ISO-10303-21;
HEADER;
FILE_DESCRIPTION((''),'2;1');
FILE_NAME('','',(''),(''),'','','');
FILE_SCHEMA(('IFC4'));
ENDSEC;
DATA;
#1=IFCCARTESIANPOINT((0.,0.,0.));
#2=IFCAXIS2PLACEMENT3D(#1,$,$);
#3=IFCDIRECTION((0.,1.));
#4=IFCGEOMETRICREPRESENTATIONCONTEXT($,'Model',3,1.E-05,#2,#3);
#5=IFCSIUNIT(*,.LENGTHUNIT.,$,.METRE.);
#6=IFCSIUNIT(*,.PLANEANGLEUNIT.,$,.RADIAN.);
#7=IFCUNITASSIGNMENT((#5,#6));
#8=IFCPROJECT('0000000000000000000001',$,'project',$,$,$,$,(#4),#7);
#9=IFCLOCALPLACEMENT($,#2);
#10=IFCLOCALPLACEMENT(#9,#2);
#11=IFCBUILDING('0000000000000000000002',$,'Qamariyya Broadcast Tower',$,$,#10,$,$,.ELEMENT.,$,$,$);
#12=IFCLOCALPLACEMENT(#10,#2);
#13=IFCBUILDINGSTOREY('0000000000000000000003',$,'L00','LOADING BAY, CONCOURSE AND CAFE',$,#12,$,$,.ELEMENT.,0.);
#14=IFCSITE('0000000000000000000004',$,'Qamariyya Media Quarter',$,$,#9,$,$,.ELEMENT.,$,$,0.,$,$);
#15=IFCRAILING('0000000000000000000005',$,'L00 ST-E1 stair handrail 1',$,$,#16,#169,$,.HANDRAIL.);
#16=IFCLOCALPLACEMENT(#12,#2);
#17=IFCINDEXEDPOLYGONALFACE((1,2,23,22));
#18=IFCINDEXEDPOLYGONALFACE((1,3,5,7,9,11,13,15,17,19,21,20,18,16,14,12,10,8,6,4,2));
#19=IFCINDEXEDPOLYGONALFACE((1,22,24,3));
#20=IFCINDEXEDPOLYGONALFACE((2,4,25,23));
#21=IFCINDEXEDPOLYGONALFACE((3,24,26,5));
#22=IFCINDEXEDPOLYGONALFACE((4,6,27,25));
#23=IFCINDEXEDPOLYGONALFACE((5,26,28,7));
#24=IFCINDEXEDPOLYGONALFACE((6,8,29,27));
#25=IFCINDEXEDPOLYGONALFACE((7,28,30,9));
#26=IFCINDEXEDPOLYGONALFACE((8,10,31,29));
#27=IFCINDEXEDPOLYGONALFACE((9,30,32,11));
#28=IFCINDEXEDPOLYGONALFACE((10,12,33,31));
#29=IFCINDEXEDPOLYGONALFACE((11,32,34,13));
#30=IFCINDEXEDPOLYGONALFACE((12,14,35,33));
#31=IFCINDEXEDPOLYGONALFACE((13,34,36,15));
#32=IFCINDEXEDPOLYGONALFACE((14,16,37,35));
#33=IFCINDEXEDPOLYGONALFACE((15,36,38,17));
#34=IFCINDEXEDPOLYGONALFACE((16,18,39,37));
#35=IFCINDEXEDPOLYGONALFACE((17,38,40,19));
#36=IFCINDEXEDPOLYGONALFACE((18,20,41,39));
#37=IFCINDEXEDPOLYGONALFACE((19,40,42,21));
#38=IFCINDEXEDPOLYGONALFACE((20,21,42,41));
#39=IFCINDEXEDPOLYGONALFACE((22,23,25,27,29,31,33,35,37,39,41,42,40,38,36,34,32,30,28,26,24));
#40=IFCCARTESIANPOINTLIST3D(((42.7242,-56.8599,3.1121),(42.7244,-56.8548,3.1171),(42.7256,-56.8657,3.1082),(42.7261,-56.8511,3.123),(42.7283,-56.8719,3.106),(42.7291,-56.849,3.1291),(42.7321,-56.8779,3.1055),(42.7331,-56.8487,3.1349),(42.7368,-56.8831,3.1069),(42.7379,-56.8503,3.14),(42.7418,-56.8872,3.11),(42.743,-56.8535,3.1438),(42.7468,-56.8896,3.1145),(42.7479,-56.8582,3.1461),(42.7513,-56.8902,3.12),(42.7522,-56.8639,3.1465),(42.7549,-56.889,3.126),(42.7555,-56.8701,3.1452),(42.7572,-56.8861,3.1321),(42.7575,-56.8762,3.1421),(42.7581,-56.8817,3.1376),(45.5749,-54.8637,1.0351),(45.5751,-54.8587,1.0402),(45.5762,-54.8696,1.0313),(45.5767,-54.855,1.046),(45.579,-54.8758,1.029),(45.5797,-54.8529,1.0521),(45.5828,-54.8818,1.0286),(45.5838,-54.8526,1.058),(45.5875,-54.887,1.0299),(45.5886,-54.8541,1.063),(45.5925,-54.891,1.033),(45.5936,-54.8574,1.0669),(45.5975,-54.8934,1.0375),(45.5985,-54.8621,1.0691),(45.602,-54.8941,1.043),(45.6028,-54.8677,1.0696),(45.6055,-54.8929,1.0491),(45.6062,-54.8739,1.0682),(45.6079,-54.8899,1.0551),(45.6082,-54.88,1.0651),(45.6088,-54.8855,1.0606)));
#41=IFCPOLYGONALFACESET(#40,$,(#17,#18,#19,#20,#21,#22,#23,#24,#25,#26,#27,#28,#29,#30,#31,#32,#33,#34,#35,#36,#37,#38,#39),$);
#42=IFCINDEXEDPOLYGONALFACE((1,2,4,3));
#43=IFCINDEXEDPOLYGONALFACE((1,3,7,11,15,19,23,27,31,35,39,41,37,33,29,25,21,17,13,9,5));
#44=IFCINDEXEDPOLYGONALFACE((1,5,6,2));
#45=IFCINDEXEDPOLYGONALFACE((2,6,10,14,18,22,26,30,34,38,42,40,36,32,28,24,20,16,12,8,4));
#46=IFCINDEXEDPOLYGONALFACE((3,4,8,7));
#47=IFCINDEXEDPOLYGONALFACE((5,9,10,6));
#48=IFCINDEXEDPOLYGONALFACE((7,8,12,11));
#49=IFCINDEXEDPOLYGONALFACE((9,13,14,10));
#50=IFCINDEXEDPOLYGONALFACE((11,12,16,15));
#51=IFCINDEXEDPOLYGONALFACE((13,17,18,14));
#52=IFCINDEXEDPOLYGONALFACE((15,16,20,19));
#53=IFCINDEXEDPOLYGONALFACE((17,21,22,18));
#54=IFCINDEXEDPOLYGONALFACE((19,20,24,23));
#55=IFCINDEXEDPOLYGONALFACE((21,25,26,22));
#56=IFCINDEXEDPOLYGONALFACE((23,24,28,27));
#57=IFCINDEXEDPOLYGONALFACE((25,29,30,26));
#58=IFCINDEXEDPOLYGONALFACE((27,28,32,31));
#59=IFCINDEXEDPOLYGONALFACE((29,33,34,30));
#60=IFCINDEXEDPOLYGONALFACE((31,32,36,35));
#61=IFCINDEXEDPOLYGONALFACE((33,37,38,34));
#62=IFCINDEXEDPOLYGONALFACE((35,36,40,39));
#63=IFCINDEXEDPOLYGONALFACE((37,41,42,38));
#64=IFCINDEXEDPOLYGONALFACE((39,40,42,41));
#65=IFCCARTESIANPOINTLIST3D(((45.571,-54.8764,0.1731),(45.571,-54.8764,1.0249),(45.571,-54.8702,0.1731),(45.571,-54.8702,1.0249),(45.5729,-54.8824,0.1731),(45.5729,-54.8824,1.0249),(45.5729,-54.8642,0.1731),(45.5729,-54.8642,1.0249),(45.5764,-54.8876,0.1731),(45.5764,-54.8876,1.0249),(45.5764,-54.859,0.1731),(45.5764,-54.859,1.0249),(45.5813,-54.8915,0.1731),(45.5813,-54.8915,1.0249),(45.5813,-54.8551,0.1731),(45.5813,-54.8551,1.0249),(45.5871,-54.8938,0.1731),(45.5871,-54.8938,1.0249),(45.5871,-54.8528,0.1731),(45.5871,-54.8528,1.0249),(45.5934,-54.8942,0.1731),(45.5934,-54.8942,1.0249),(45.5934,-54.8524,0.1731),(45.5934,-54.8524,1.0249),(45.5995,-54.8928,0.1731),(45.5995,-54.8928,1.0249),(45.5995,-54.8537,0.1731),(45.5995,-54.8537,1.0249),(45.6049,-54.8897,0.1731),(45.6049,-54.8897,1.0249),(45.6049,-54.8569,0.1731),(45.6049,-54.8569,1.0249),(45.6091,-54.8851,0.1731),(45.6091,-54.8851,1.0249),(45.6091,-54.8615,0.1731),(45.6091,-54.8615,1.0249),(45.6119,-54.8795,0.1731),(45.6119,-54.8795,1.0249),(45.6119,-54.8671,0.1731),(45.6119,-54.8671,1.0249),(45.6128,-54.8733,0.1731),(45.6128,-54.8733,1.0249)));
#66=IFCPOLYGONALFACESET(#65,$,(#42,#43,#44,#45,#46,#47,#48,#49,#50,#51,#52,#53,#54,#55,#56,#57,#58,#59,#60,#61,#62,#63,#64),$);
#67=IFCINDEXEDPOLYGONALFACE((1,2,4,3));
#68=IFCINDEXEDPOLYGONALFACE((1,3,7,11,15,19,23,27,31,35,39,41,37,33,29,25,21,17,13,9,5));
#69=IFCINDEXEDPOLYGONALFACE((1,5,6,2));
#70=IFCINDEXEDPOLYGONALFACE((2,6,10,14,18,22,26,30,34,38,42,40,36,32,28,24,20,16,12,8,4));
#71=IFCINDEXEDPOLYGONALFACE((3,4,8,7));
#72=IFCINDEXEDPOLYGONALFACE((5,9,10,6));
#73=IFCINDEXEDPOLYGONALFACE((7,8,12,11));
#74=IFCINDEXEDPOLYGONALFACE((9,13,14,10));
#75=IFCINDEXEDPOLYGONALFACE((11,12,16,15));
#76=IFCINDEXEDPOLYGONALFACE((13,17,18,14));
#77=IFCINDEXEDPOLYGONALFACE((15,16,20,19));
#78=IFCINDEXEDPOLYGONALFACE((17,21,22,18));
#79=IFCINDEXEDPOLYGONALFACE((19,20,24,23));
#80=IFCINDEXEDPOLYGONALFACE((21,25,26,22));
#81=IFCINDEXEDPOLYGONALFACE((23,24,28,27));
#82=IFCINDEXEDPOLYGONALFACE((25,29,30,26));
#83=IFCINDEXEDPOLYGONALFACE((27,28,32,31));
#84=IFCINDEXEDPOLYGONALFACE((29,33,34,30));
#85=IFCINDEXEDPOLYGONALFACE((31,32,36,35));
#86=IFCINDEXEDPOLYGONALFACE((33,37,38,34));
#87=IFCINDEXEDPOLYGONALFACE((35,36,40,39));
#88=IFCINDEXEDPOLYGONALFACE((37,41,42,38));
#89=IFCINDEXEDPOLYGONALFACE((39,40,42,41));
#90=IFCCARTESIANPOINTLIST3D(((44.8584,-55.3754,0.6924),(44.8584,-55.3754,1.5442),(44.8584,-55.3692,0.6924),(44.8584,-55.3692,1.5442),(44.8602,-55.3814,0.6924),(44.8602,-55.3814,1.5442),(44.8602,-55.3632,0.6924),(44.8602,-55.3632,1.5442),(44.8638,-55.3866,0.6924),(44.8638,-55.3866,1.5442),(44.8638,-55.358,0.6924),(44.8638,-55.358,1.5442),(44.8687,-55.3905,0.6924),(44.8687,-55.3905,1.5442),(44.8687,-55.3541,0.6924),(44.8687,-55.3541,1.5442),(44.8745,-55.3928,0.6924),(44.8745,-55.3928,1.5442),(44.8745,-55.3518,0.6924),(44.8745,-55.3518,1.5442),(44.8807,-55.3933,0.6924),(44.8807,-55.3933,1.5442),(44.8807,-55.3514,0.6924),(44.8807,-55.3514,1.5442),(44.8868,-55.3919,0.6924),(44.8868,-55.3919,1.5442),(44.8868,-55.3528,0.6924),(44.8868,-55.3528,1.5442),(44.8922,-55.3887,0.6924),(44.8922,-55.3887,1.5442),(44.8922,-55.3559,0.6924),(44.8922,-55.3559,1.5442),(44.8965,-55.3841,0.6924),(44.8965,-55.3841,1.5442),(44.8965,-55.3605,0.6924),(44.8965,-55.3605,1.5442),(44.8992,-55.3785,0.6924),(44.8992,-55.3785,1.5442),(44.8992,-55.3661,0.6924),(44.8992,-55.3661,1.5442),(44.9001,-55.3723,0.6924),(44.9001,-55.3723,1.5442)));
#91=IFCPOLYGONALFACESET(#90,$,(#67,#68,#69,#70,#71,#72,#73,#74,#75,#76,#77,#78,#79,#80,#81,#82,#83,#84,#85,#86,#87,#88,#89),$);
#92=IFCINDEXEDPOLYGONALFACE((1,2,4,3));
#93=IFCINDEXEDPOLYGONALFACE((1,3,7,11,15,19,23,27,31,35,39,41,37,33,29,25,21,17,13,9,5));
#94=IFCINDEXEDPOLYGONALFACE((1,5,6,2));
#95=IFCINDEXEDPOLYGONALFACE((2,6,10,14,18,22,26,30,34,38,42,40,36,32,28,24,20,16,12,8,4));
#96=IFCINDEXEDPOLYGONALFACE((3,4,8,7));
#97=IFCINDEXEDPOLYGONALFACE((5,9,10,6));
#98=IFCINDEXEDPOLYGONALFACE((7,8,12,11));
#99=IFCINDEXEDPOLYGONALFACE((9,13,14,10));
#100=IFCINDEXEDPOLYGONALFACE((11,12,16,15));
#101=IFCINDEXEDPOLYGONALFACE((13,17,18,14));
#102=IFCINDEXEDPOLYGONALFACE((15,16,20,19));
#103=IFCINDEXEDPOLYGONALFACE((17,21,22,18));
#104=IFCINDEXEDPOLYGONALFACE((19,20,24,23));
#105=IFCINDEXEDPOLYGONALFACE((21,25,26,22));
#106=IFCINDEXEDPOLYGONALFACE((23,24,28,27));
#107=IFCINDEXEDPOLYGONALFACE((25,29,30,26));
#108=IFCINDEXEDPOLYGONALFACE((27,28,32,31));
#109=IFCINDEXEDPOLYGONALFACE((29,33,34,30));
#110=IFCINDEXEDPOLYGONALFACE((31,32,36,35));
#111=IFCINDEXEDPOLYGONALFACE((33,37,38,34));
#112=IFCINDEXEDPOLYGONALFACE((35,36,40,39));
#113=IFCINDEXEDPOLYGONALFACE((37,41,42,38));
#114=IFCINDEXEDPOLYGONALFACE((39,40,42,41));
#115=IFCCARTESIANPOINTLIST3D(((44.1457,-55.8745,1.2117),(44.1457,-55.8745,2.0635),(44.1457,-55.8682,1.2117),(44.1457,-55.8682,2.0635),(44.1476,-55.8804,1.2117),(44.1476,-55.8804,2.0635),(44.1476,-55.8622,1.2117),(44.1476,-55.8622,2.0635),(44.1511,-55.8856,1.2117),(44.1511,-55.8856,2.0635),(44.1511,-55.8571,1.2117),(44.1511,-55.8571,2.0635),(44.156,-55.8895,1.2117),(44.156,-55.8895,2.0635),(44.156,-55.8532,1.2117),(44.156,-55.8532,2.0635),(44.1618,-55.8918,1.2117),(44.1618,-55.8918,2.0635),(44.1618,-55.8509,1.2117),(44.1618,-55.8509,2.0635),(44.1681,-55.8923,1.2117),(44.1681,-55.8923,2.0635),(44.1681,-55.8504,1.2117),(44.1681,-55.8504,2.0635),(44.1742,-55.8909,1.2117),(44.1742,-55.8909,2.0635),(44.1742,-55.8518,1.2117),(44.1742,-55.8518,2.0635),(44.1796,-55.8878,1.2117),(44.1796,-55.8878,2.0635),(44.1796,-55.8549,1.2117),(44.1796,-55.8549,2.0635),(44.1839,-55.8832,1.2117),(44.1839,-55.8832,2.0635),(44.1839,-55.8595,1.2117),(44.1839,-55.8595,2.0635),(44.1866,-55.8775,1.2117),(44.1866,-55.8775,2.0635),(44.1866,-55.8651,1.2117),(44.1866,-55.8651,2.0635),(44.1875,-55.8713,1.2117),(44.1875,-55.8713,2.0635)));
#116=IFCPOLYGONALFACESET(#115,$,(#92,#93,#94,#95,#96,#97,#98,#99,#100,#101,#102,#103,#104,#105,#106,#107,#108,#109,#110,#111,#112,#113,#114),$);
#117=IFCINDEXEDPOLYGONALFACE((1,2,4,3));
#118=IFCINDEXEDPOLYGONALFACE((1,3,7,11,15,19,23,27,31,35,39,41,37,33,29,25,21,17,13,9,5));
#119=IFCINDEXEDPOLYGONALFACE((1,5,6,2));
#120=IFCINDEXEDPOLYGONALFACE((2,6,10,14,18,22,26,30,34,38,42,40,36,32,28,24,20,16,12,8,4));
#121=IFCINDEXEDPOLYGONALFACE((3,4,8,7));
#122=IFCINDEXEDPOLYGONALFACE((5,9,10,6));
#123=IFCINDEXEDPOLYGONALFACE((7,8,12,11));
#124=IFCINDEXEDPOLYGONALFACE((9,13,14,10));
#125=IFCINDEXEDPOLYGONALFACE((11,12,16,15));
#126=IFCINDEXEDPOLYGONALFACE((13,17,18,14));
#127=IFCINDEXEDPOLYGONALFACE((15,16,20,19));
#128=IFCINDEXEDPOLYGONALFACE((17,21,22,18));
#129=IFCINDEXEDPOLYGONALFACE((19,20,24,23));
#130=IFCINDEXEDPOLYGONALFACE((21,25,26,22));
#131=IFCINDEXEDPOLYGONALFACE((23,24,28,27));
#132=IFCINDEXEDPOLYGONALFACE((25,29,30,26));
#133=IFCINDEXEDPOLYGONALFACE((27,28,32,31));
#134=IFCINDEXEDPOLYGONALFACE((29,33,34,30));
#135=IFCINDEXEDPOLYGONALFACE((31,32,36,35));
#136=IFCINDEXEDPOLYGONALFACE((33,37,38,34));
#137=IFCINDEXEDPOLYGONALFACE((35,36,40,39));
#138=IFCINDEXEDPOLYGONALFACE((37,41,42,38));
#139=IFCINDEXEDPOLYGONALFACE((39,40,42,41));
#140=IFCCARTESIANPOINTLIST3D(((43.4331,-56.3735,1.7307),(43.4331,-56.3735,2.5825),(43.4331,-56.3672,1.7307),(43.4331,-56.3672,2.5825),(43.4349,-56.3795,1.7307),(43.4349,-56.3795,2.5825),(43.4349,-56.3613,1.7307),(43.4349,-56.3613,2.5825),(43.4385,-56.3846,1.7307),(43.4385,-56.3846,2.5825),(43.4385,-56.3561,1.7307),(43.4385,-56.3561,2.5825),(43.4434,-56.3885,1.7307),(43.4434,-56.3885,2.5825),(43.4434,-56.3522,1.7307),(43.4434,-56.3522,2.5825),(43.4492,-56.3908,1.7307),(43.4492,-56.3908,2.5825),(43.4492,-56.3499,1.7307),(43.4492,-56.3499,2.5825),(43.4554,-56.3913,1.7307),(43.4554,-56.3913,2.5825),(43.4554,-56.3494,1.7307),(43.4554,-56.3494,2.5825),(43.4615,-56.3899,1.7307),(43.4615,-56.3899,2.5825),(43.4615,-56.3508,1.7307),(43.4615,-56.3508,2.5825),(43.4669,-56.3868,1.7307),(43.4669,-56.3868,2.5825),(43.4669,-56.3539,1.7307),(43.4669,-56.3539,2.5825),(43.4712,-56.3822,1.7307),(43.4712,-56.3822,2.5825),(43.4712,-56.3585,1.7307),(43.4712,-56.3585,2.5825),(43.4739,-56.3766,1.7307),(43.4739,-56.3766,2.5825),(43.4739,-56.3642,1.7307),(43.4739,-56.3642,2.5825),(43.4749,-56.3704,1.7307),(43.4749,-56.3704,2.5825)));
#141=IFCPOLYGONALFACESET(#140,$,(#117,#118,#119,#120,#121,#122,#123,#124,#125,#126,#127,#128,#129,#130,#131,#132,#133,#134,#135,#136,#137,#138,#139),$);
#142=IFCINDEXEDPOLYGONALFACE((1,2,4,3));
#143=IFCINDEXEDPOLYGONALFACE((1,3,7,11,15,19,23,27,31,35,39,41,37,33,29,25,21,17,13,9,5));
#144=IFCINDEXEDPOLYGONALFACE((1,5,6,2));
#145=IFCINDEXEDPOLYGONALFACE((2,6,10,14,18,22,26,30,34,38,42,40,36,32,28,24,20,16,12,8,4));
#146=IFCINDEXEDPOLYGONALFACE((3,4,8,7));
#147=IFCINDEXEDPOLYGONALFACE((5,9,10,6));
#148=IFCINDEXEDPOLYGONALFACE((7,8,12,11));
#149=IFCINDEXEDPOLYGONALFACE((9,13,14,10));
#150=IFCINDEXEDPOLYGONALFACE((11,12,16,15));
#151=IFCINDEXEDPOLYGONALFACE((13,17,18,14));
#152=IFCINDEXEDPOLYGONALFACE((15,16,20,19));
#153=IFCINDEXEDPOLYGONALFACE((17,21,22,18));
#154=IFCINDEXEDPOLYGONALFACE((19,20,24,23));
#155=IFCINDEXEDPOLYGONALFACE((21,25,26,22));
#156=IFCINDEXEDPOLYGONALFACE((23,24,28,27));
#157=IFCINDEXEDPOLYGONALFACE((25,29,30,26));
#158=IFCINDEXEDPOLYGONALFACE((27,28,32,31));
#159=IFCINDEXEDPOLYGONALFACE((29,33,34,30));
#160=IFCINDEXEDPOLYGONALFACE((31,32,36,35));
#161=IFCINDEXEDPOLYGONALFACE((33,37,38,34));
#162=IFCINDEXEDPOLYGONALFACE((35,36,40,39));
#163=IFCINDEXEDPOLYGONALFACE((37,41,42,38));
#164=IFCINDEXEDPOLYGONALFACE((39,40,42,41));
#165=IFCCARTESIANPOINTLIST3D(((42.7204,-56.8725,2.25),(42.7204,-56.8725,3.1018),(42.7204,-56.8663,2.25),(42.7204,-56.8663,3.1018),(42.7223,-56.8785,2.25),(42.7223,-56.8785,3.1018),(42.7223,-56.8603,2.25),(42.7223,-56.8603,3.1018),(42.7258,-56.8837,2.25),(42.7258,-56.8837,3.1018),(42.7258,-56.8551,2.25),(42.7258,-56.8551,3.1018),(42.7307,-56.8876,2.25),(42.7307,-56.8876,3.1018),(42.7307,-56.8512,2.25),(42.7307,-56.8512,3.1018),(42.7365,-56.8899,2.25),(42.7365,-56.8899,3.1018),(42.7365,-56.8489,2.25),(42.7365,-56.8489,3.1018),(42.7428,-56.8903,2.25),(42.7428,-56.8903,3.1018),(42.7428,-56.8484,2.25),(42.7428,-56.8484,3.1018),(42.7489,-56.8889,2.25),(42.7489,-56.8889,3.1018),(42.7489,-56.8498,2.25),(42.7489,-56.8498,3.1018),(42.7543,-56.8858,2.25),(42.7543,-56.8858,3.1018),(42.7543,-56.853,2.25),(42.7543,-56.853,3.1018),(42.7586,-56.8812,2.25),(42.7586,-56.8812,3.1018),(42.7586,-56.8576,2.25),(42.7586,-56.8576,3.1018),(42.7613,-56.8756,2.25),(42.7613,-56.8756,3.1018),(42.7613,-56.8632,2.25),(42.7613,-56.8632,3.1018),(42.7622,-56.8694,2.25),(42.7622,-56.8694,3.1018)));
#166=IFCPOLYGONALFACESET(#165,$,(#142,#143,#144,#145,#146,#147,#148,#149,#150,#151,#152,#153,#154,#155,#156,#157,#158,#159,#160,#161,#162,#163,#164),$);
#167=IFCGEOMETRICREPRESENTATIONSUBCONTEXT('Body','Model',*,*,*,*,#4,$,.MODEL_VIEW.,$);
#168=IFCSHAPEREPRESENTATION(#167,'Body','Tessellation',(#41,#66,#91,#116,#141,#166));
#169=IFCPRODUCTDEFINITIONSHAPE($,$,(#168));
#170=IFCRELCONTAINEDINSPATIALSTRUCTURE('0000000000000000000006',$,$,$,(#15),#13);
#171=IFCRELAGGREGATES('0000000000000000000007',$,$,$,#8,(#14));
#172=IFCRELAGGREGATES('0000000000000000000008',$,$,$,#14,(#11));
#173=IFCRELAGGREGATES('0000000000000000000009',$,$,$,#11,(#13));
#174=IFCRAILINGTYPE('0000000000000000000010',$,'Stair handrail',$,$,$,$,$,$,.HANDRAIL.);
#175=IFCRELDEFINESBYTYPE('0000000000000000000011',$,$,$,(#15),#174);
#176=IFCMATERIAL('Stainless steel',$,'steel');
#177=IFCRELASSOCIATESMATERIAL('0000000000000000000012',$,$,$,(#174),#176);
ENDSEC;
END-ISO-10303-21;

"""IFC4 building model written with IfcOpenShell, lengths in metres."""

from ifc_helpers import new_model, si_unit, direction, frame, origin, origin_2d, place, context, subcontext, project, spatial, circle, extrude, material, type_object, element, save


model = new_model("IFC4")

# Units and contexts
model_context = context("Model", 3, precision=1e-05, world=origin(), true_north=direction((0.0, 1.0)))
body_context = subcontext(model_context, "Body", "Model", "MODEL_VIEW")
ifc_project = project(units=[si_unit("LENGTHUNIT", "METRE"), si_unit("PLANEANGLEUNIT", "RADIAN")], contexts=[model_context])

# Site, building, storey
site_placement = place(None, origin())
site = spatial("IfcSite", under=ifc_project, at=site_placement, Name="Qamariyya Media Quarter", CompositionType="ELEMENT", RefElevation=0.0)
building_placement = place(site_placement, origin())
building = spatial("IfcBuilding", under=site, at=building_placement, Name="Qamariyya Broadcast Tower", CompositionType="ELEMENT")
storey_placement = place(building_placement, origin())
storey = spatial("IfcBuildingStorey", under=building, at=storey_placement, Name="L00", Description="LOADING BAY, CONCOURSE AND CAFE", CompositionType="ELEMENT", Elevation=0.0)

# Railing
ifc_material_1 = material(Name="Stainless steel", Category="steel")
railing_type_1 = type_object("IfcRailingType", Name="Stair handrail", PredefinedType="HANDRAIL", material=ifc_material_1)
railing_1_placement = place(storey_placement, frame((45.5918, -54.8733, 0.1731)))
element("IfcRailing", 1, at=railing_1_placement, inside=storey, type_object=railing_type_1, Name="L00 ST-E1 stair handrail 1", PredefinedType="HANDRAIL", context=body_context, shape_type="SweptSolid", body=[
    extrude(circle(Radius=0.0239, at=origin_2d()), frame((0.0, 0.0, 0.876), z_axis=(-0.703393, -0.492544, 0.512484), x_axis=(0.573594, -0.81914, 0.0)), (0.0, 0.0, 1.0), 4.0527),
    extrude(circle(Radius=0.021, at=origin_2d()), origin(), (0.0, 0.0, 1.0), 0.8518),
    extrude(circle(Radius=0.021, at=origin_2d()), frame((-0.7126, -0.499, 0.5193)), (0.0, 0.0, 1.0), 0.8518),
    extrude(circle(Radius=0.021, at=origin_2d()), frame((-1.4253, -0.998, 1.0386)), (0.0, 0.0, 1.0), 0.8518),
    extrude(circle(Radius=0.021, at=origin_2d()), frame((-2.1379, -1.4971, 1.5576)), (0.0, 0.0, 1.0), 0.8518),
    extrude(circle(Radius=0.021, at=origin_2d()), frame((-2.8506, -1.9961, 2.0769)), (0.0, 0.0, 1.0), 0.8518),
])

save(model, "model.ifc")
